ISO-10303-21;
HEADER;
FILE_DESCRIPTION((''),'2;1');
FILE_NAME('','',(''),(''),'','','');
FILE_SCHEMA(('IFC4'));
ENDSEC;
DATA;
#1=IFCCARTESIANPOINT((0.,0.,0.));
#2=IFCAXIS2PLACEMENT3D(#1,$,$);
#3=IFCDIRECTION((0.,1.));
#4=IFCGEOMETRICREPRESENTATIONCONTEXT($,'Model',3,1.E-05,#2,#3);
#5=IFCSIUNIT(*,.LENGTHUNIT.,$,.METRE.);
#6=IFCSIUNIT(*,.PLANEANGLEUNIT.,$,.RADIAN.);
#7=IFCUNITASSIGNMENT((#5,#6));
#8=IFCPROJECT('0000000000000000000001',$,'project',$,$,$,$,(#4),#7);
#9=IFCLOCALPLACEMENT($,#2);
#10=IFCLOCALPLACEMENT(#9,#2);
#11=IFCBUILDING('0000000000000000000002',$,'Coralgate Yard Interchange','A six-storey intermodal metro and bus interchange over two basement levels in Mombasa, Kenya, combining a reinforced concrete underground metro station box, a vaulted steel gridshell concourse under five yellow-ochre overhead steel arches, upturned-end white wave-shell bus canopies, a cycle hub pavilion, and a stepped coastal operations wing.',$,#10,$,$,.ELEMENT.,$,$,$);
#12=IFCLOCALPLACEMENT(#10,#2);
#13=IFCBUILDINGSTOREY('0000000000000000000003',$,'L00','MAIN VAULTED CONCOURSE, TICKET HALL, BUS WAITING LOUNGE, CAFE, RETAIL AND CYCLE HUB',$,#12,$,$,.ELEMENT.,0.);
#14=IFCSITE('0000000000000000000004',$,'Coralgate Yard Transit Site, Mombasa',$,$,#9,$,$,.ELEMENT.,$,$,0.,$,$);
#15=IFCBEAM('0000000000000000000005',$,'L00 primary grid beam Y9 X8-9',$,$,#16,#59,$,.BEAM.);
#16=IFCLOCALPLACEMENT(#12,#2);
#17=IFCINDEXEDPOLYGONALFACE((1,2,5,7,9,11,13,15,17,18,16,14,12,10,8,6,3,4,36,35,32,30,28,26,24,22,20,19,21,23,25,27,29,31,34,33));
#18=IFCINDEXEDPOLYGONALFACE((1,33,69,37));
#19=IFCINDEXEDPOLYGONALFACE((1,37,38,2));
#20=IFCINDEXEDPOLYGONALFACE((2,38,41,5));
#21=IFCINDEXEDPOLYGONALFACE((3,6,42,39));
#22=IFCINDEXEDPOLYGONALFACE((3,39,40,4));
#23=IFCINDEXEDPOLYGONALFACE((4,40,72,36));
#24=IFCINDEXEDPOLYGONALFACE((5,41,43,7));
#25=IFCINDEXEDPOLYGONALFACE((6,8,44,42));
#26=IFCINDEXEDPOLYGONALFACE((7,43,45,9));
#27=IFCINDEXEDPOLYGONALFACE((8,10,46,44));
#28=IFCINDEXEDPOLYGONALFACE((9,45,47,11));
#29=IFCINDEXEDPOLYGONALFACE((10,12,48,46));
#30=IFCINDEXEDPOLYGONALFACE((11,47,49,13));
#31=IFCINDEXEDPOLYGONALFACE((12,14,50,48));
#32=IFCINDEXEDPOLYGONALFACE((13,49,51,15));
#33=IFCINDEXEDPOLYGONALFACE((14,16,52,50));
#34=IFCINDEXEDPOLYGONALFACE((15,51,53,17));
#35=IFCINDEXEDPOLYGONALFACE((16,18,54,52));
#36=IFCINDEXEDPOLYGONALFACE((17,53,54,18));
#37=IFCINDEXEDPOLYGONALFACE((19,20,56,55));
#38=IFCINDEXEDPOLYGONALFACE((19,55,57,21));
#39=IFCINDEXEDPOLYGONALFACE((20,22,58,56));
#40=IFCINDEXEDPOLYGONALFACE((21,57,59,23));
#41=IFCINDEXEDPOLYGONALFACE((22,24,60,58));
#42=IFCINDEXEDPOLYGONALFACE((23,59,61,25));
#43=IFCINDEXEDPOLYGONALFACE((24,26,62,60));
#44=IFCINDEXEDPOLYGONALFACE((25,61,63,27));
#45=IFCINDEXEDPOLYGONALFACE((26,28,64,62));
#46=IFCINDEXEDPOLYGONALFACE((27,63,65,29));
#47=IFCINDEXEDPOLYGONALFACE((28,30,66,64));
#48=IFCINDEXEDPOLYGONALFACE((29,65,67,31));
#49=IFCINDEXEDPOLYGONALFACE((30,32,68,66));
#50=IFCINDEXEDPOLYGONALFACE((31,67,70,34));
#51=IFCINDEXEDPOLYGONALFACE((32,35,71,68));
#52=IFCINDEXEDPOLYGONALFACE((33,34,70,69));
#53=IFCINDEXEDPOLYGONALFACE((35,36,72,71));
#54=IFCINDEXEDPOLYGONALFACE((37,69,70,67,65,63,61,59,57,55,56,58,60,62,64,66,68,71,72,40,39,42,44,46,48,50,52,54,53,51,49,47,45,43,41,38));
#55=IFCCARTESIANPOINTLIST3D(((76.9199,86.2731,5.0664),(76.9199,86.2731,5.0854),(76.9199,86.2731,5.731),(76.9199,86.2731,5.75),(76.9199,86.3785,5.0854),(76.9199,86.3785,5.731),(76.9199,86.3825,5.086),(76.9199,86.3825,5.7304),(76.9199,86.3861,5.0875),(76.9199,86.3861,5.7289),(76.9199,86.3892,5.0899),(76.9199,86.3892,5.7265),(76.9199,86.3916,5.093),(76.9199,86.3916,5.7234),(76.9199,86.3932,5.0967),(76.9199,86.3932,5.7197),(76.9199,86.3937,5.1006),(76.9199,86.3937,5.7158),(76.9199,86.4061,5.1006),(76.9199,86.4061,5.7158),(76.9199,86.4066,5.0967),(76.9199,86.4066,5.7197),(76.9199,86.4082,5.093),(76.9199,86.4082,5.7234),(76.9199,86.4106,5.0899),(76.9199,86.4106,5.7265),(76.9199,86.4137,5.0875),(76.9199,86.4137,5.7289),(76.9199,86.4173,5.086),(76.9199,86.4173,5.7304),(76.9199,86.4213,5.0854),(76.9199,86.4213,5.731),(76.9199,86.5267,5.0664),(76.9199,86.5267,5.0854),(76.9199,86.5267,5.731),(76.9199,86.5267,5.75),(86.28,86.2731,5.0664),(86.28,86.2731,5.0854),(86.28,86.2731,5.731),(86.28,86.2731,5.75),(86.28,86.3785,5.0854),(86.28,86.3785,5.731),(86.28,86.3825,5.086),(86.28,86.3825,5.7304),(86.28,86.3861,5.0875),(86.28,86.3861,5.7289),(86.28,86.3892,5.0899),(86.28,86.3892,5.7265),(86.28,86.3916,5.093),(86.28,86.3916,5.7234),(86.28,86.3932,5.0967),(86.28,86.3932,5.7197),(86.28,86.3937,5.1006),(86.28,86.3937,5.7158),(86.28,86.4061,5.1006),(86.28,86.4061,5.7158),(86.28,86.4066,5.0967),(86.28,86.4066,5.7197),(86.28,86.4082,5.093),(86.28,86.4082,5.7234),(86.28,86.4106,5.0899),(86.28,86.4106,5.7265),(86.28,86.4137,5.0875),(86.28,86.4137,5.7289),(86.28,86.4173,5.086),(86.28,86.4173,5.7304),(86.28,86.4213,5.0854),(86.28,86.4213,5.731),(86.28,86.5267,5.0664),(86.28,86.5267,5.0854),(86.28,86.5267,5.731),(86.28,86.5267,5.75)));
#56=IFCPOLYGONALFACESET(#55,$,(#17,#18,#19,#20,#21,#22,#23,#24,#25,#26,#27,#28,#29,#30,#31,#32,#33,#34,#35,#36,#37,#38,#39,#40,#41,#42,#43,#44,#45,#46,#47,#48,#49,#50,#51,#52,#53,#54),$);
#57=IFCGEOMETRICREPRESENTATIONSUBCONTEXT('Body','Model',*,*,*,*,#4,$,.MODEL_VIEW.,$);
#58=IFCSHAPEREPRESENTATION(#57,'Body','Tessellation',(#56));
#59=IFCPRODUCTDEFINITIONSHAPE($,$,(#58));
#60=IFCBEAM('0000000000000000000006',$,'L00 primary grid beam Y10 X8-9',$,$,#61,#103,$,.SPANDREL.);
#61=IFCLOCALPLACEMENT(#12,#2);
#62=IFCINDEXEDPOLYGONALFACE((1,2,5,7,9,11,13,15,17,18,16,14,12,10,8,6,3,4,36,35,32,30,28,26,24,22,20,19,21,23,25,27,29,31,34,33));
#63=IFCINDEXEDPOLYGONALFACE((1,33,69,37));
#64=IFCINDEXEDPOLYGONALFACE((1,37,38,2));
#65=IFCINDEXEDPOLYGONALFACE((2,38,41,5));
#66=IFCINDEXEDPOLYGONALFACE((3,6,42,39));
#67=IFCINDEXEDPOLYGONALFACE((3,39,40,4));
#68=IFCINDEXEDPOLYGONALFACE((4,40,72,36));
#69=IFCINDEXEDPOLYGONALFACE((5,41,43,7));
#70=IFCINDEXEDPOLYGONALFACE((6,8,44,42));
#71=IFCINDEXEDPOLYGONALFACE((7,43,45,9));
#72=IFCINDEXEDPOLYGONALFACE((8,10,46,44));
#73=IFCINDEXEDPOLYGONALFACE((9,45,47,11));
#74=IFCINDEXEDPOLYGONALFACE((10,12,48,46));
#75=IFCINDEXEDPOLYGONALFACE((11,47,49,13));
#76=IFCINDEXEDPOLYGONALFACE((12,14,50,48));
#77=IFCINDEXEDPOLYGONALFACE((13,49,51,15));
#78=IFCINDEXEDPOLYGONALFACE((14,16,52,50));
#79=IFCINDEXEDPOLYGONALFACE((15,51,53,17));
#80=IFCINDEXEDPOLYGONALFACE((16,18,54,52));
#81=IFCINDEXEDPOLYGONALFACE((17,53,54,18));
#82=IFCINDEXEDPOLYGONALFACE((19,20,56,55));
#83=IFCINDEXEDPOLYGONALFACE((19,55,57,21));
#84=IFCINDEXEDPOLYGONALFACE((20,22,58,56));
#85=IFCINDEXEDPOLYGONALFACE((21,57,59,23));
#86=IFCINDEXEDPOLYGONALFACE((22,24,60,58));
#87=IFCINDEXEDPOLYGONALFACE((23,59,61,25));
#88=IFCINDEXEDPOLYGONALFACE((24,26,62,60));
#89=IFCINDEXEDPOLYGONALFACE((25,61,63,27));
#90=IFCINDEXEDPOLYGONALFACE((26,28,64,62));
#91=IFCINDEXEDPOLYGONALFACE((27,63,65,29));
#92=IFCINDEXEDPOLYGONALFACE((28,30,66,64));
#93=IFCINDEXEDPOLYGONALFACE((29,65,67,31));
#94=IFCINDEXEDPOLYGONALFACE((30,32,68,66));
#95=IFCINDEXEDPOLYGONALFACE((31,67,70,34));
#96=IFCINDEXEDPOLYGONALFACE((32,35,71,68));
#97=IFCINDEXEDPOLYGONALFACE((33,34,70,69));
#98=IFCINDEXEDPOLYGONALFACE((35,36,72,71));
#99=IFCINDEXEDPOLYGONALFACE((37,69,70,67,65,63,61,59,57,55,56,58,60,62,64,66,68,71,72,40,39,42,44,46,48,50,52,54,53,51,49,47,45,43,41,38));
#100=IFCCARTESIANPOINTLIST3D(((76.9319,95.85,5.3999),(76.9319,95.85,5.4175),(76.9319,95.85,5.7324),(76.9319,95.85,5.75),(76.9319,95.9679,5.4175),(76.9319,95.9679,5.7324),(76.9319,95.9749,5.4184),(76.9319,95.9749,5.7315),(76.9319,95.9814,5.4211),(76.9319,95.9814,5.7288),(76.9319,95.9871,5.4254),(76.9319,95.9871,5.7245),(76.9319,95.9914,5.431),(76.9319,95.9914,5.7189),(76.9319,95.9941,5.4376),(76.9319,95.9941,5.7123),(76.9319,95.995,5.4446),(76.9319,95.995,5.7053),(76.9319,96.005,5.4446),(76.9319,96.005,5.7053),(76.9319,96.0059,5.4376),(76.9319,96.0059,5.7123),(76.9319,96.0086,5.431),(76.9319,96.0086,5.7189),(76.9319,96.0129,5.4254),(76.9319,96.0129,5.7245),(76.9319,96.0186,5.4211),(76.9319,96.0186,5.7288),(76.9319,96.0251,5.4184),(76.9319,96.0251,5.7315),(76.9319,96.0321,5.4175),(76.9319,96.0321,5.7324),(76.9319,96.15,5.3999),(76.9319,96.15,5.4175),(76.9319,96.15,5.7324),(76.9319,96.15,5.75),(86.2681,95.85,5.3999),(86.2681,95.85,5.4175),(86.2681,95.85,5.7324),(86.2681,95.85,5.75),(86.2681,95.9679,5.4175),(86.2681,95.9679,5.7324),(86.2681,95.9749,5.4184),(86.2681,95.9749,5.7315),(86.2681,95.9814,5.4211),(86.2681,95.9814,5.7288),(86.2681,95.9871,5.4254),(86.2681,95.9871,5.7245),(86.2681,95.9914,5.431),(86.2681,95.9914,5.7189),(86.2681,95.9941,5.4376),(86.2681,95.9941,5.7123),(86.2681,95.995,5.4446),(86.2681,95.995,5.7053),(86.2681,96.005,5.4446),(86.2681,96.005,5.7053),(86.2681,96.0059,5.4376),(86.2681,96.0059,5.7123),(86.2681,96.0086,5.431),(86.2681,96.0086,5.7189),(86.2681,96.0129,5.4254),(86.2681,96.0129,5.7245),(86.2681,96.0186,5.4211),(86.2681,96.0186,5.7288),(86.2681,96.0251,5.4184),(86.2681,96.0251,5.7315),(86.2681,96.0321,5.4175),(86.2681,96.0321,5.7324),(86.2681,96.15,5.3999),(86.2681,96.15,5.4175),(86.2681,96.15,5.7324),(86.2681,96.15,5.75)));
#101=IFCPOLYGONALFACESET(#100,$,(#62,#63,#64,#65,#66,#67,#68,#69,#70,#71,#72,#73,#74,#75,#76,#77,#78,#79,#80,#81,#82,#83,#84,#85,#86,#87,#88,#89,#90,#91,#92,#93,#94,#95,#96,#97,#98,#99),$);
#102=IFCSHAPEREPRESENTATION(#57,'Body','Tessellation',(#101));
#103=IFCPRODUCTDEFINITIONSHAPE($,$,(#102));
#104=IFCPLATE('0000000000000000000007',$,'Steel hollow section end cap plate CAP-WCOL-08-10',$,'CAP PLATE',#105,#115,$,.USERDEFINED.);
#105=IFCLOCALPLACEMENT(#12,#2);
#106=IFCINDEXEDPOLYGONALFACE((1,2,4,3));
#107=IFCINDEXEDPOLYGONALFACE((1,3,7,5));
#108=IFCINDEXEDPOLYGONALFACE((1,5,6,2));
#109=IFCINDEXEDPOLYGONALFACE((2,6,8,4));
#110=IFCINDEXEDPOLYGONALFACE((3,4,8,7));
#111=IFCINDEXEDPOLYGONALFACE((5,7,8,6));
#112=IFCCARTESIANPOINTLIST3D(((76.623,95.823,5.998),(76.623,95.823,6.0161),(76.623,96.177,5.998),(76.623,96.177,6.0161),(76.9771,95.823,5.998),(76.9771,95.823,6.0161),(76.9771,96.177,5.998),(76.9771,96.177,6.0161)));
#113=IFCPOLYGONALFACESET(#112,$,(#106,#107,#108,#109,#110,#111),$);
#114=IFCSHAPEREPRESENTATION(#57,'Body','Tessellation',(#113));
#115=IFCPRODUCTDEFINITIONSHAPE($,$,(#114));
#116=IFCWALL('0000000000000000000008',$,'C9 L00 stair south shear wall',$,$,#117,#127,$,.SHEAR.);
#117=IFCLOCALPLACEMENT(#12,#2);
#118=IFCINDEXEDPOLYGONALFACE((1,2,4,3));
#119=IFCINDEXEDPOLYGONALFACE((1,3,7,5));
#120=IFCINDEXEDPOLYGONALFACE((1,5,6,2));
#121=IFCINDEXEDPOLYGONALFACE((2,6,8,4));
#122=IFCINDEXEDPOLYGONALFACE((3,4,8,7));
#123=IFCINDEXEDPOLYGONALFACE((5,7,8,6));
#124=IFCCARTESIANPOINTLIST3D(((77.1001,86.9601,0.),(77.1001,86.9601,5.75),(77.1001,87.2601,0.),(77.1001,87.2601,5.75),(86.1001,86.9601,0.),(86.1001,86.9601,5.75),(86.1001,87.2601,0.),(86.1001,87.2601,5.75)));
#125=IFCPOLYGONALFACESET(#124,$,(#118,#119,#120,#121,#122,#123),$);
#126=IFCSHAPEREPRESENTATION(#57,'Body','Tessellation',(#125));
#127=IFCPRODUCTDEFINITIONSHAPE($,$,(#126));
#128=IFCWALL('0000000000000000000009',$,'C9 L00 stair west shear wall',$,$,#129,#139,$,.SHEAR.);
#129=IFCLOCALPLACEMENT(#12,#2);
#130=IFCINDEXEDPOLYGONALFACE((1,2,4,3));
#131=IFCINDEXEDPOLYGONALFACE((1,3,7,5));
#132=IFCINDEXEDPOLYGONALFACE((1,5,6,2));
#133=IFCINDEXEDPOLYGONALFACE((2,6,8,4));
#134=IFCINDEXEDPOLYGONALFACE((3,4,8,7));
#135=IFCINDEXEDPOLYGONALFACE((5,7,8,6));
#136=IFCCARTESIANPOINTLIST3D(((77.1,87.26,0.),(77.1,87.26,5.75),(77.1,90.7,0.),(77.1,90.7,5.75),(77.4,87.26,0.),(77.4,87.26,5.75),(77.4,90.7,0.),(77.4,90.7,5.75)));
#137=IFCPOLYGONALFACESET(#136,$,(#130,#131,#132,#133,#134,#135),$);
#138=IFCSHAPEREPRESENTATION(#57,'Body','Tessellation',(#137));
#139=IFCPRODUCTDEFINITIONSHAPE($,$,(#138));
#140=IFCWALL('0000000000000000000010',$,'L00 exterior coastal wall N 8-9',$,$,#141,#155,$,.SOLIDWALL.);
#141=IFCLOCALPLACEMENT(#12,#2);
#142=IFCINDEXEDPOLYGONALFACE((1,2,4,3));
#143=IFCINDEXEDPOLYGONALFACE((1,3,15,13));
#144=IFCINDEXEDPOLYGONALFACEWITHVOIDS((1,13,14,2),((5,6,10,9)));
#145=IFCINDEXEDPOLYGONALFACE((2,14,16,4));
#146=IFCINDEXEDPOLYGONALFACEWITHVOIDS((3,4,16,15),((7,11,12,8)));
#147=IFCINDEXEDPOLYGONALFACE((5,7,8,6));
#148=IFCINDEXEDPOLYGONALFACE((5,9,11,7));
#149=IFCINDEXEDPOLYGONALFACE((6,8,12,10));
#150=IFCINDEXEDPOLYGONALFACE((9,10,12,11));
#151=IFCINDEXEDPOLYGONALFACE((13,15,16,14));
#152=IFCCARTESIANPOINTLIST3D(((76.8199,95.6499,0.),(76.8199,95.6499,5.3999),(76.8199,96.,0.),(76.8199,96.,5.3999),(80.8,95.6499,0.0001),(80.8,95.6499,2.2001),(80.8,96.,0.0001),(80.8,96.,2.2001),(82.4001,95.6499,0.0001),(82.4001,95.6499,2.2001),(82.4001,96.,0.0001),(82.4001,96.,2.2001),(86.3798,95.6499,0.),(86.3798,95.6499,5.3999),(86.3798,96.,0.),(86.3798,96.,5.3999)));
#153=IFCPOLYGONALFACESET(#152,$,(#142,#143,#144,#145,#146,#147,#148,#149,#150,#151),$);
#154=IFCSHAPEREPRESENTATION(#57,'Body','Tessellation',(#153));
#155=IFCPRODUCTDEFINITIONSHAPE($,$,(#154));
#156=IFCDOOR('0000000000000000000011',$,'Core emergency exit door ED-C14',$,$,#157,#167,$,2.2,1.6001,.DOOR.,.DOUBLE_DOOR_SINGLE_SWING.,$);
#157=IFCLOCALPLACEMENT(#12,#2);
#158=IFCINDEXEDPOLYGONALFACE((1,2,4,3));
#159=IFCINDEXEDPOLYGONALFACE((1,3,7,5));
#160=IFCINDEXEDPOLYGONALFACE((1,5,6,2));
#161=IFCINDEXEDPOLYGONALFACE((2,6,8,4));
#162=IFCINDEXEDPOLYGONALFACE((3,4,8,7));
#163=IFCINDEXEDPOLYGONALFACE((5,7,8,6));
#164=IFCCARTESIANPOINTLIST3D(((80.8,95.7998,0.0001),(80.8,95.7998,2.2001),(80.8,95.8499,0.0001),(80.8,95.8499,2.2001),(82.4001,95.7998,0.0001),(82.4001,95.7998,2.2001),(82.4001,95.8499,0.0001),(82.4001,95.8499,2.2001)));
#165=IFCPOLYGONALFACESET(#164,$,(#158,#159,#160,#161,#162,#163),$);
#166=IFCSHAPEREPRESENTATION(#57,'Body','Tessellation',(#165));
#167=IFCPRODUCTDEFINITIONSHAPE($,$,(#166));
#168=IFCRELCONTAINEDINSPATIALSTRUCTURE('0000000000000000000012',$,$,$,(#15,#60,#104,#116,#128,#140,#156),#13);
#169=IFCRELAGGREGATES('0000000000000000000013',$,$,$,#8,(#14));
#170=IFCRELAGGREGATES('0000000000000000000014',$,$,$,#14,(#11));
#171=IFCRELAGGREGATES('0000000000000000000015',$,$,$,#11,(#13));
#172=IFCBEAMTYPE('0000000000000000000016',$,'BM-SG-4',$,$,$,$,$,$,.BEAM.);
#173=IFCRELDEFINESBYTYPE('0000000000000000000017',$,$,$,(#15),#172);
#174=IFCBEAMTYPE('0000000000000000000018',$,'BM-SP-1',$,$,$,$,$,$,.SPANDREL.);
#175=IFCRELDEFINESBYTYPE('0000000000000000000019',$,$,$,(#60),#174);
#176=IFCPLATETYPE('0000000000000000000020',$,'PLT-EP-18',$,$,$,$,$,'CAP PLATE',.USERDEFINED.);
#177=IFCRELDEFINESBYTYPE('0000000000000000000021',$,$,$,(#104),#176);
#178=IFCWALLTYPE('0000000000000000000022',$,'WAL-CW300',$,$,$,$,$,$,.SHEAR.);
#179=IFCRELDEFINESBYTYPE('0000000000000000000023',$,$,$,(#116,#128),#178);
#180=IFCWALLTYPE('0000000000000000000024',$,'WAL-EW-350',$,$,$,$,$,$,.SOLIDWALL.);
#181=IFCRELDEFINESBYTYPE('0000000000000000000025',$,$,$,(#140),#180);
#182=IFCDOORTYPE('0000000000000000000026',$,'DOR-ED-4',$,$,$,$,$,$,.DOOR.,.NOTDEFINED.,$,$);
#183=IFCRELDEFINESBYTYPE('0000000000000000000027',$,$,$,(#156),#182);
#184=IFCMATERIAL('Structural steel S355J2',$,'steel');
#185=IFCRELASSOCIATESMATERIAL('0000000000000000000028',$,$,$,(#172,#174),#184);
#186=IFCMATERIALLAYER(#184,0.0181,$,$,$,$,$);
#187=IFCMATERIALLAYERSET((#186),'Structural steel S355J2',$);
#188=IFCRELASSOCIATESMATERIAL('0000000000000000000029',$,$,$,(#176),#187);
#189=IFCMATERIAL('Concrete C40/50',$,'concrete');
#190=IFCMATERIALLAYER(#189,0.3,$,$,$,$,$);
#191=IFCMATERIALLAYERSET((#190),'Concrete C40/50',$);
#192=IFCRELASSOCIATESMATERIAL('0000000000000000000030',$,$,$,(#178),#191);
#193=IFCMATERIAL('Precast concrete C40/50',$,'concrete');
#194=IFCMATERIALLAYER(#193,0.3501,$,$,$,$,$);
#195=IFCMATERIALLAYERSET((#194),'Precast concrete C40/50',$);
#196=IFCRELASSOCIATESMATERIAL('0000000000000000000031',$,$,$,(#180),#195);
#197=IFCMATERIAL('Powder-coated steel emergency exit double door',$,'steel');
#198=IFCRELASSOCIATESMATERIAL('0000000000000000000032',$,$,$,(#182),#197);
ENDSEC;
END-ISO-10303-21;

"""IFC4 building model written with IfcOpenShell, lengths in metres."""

from ifc_helpers import new_model, si_unit, direction, frame, frame_2d, origin, origin_2d, place, context, subcontext, project, spatial, rectangle, i_section, extrude, material, layer, layer_set, material_profile, profile_set, type_object, element, fill, save


model = new_model("IFC4")

# Units and contexts
model_context = context("Model", 3, precision=1e-05, world=origin(), true_north=direction((0.0, 1.0)))
body_context = subcontext(model_context, "Body", "Model", "MODEL_VIEW")
ifc_project = project(units=[si_unit("LENGTHUNIT", "METRE"), si_unit("PLANEANGLEUNIT", "RADIAN")], contexts=[model_context])

# Site, building, storey
site_placement = place(None, origin())
site = spatial("IfcSite", under=ifc_project, at=site_placement, Name="Coralgate Yard Transit Site, Mombasa", CompositionType="ELEMENT", RefElevation=0.0)
building_placement = place(site_placement, origin())
building = spatial("IfcBuilding", under=site, at=building_placement, Name="Coralgate Yard Interchange", Description="A six-storey intermodal metro and bus interchange over two basement levels in Mombasa, Kenya, combining a reinforced concrete underground metro station box, a vaulted steel gridshell concourse under five yellow-ochre overhead steel arches, upturned-end white wave-shell bus canopies, a cycle hub pavilion, and a stepped coastal operations wing.", CompositionType="ELEMENT")
storey_placement = place(building_placement, origin())
storey = spatial("IfcBuildingStorey", under=building, at=storey_placement, Name="L00", Description="MAIN VAULTED CONCOURSE, TICKET HALL, BUS WAITING LOUNGE, CAFE, RETAIL AND CYCLE HUB", CompositionType="ELEMENT", Elevation=0.0)

# Shared definitions
ifc_material_1 = material(Name="Concrete C40/50", Category="concrete")

# Shared definitions
ifc_material_2 = material(Name="Structural steel S355J2", Category="steel")

# Beams
ifc_material_profile_1 = material_profile(ifc_material_2, i_section(OverallWidth=0.2537, OverallDepth=0.6836, WebThickness=0.0125, FlangeThickness=0.019, FilletRadius=0.0151, at=origin_2d()), Name="UB 686x254x140")
ifc_profile_set_1 = profile_set([ifc_material_profile_1], Name="Structural steel S355J2")
beam_type_1 = type_object("IfcBeamType", Name="BM-SG-4", PredefinedType="BEAM", material=ifc_profile_set_1)
beam_1_placement = place(storey_placement, frame((76.9199, 86.3999, 5.4082), z_axis=(1.0, 0.0, 0.0), x_axis=(0.0, 1.0, 0.0)))
element("IfcBeam", 1, at=beam_1_placement, inside=storey, type_object=beam_type_1, Name="L00 primary grid beam Y9 X8-9", PredefinedType="BEAM", context=body_context, shape_type="SweptSolid", body=[
    extrude(i_section(OverallWidth=0.2537, OverallDepth=0.6836, WebThickness=0.0125, FlangeThickness=0.019, FilletRadius=0.0151, at=origin_2d()), origin(), (0.0, 0.0, 1.0), 9.3601),
])
ifc_material_profile_2 = material_profile(ifc_material_2, i_section(OverallWidth=0.3, OverallDepth=0.3501, WebThickness=0.01, FlangeThickness=0.0176, FilletRadius=0.0271, at=origin_2d()), Name="HEA 360")
ifc_profile_set_2 = profile_set([ifc_material_profile_2], Name="Structural steel S355J2")
beam_type_2 = type_object("IfcBeamType", Name="BM-SP-1", PredefinedType="SPANDREL", material=ifc_profile_set_2)
beam_2_placement = place(storey_placement, frame((76.9319, 96.0, 5.575), z_axis=(1.0, 0.0, 0.0), x_axis=(0.0, 1.0, 0.0)))
element("IfcBeam", 2, at=beam_2_placement, inside=storey, type_object=beam_type_2, Name="L00 primary grid beam Y10 X8-9", PredefinedType="SPANDREL", context=body_context, shape_type="SweptSolid", body=[
    extrude(i_section(OverallWidth=0.3, OverallDepth=0.3501, WebThickness=0.01, FlangeThickness=0.0176, FilletRadius=0.0271, at=origin_2d()), origin(), (0.0, 0.0, 1.0), 9.3362),
])

# Plate
ifc_layer_1 = layer(ifc_material_2, 0.0181)
ifc_layer_set_1 = layer_set([ifc_layer_1], Name="Structural steel S355J2")
plate_type = type_object("IfcPlateType", Name="PLT-EP-18", ElementType="CAP PLATE", PredefinedType="USERDEFINED", material=ifc_layer_set_1)
plate_placement = place(storey_placement, frame((76.8, 96.0, 5.998), z_axis=(0.0, 0.0, 1.0), x_axis=(1.0, 0.0, 0.0)))
element("IfcPlate", 3, at=plate_placement, inside=storey, type_object=plate_type, Name="Steel hollow section end cap plate CAP-WCOL-08-10", ObjectType="CAP PLATE", PredefinedType="USERDEFINED", context=body_context, shape_type="SweptSolid", body=[
    extrude(rectangle(XDim=0.354, YDim=0.354, at=origin_2d()), origin(), (0.0, 0.0, 1.0), 0.0181),
])

# Walls
ifc_layer_2 = layer(ifc_material_1, 0.3)
ifc_layer_set_2 = layer_set([ifc_layer_2], Name="Concrete C40/50")
wall_type_1 = type_object("IfcWallType", Name="WAL-CW300", PredefinedType="SHEAR", material=ifc_layer_set_2)
wall_1_placement = place(storey_placement, frame((77.1001, 87.1101, 0.0), z_axis=(0.0, 0.0, 1.0), x_axis=(1.0, 0.0, 0.0)))
element("IfcWall", 4, at=wall_1_placement, inside=storey, type_object=wall_type_1, Name="C9 L00 stair south shear wall", PredefinedType="SHEAR", context=body_context, shape_type="SweptSolid", body=[
    extrude(rectangle(XDim=9.0, YDim=0.3, at=frame_2d((4.5, 0.0))), origin(), (0.0, 0.0, 1.0), 5.75),
])
wall_2_placement = place(storey_placement, frame((77.25, 87.26, 0.0), z_axis=(0.0, 0.0, 1.0), x_axis=(0.0, 1.0, 0.0)))
element("IfcWall", 5, at=wall_2_placement, inside=storey, type_object=wall_type_1, Name="C9 L00 stair west shear wall", PredefinedType="SHEAR", context=body_context, shape_type="SweptSolid", body=[
    extrude(rectangle(XDim=3.4399, YDim=0.3, at=frame_2d((1.72, 0.0))), origin(), (0.0, 0.0, 1.0), 5.75),
])

# Wall, opening, door
ifc_material_3 = material(Name="Precast concrete C40/50", Category="concrete")
ifc_layer_3 = layer(ifc_material_3, 0.3501)
ifc_layer_set_3 = layer_set([ifc_layer_3], Name="Precast concrete C40/50")
wall_type_2 = type_object("IfcWallType", Name="WAL-EW-350", PredefinedType="SOLIDWALL", material=ifc_layer_set_3)
wall_3_placement = place(storey_placement, frame((76.8201, 95.825, 0.0), z_axis=(0.0, 0.0, 1.0), x_axis=(1.0, 0.0, 0.0)))
wall_3 = element("IfcWall", 6, at=wall_3_placement, inside=storey, type_object=wall_type_2, Name="L00 exterior coastal wall N 8-9", PredefinedType="SOLIDWALL", context=body_context, shape_type="SweptSolid", body=[
    extrude(rectangle(XDim=9.5598, YDim=0.3501, at=frame_2d((4.7798, 0.0))), origin(), (0.0, 0.0, 1.0), 5.3999),
])
opening_1_placement = place(wall_3_placement, frame((3.98, 0.0, 0.0)))
opening_1 = element("IfcOpeningElement", 7, at=opening_1_placement, cuts=wall_3, PredefinedType="OPENING", context=body_context, shape_type="SweptSolid", body=[
    extrude(rectangle(XDim=1.6001, YDim=2.2, at=frame_2d((0.8, 1.1001))), frame((0.0, 0.1851, 0.0), z_axis=(0.0, -1.0, 0.0), x_axis=(1.0, 0.0, 0.0)), (0.0, 0.0, 1.0), 0.3701),
])
ifc_material_4 = material(Name="Powder-coated steel emergency exit double door", Category="steel")
door_type_1 = type_object("IfcDoorType", Name="DOR-ED-4", OperationType="NOTDEFINED", PredefinedType="DOOR", material=ifc_material_4)
door_1_placement = place(opening_1_placement, origin())
door_1 = element("IfcDoor", 8, at=door_1_placement, inside=storey, type_object=door_type_1, Name="Core emergency exit door ED-C14", OperationType="DOUBLE_DOOR_SINGLE_SWING", OverallHeight=2.2, OverallWidth=1.6001, PredefinedType="DOOR", context=body_context, shape_type="SweptSolid", body=[
    extrude(rectangle(XDim=1.6001, YDim=2.2, at=frame_2d((0.8, 1.1001))), frame((0.0, 0.0249, 0.0), z_axis=(0.0, -1.0, 0.0), x_axis=(1.0, 0.0, 0.0)), (0.0, 0.0, 1.0), 0.05),
])
fill(opening_1, door_1)

save(model, "model.ifc")
